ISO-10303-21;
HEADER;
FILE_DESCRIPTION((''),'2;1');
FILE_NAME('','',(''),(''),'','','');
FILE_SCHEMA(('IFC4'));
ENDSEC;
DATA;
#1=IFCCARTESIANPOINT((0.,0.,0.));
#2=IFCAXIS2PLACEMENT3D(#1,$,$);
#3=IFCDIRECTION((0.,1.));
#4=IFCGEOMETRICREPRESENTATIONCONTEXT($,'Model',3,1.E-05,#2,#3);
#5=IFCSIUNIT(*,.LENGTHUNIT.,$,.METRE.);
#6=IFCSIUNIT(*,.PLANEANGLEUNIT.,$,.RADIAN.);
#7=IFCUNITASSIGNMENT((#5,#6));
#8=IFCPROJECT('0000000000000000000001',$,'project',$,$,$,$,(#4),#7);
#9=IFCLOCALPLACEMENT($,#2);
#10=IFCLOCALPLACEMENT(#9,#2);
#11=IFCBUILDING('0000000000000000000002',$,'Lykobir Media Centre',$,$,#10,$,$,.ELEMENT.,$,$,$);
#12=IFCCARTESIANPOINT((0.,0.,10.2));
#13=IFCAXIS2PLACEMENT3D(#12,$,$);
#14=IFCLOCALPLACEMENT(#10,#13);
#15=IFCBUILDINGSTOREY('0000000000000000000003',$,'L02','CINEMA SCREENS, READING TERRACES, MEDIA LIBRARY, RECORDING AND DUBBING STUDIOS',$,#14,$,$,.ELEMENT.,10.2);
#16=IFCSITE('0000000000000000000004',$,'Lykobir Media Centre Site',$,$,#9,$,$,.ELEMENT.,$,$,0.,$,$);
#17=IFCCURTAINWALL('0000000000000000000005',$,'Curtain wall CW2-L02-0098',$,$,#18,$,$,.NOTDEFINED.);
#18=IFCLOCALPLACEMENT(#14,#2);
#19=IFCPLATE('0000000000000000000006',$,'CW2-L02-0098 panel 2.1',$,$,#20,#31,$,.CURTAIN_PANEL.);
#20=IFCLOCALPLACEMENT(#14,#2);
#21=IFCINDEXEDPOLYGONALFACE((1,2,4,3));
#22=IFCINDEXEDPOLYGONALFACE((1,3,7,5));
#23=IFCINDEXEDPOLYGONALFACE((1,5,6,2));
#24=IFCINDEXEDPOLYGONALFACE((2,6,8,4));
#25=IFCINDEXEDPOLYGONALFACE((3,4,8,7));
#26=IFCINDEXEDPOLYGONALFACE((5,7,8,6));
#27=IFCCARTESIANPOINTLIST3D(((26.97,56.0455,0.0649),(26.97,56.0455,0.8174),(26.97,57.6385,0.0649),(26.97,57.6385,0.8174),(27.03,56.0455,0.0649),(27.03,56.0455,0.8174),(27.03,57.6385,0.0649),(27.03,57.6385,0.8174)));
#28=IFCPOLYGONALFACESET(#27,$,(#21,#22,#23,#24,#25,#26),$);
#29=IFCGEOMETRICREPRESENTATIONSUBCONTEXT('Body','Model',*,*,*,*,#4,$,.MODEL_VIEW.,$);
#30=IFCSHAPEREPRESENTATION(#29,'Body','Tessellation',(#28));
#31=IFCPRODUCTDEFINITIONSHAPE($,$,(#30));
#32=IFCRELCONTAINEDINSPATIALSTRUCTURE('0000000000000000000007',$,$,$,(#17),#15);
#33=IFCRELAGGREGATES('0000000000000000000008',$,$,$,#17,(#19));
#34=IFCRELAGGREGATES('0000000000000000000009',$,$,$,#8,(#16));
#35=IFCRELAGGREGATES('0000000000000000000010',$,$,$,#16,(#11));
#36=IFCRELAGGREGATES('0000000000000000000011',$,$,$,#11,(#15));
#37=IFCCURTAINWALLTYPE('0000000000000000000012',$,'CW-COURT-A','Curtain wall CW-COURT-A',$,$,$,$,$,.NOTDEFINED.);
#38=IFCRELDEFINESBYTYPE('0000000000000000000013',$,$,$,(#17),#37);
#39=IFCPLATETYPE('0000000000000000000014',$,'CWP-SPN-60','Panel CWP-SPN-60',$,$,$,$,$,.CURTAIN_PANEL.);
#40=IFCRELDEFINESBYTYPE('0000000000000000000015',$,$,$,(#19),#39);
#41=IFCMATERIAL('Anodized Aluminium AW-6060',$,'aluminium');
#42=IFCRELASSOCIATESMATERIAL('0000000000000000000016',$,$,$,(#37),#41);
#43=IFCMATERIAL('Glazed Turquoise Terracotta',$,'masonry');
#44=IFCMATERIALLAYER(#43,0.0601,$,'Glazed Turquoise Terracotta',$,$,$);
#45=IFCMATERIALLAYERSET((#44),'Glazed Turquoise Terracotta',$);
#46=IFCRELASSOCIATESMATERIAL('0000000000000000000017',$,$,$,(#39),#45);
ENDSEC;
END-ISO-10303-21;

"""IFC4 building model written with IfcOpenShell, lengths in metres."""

from ifc_helpers import new_model, si_unit, direction, frame, origin, origin_2d, place, context, subcontext, project, spatial, rectangle, extrude, material, layer, layer_set, type_object, element, aggregate, save


model = new_model("IFC4")

# Units and contexts
model_context = context("Model", 3, precision=1e-05, world=origin(), true_north=direction((0.0, 1.0)))
body_context = subcontext(model_context, "Body", "Model", "MODEL_VIEW")
ifc_project = project(units=[si_unit("LENGTHUNIT", "METRE"), si_unit("PLANEANGLEUNIT", "RADIAN")], contexts=[model_context])

# Site, building, storey
site_placement = place(None, origin())
site = spatial("IfcSite", under=ifc_project, at=site_placement, Name="Lykobir Media Centre Site", CompositionType="ELEMENT", RefElevation=0.0)
building_placement = place(site_placement, origin())
building = spatial("IfcBuilding", under=site, at=building_placement, Name="Lykobir Media Centre", CompositionType="ELEMENT")
storey_placement = place(building_placement, frame((0.0, 0.0, 10.2)))
storey = spatial("IfcBuildingStorey", under=building, at=storey_placement, Name="L02", Description="CINEMA SCREENS, READING TERRACES, MEDIA LIBRARY, RECORDING AND DUBBING STUDIOS", CompositionType="ELEMENT", Elevation=10.2)

# Shared definitions
ifc_material_1 = material(Name="Anodized Aluminium AW-6060", Category="aluminium")
curtain_wall_type = type_object("IfcCurtainWallType", Name="CW-COURT-A", Description="Curtain wall CW-COURT-A", PredefinedType="NOTDEFINED", material=ifc_material_1)

# Curtain wall
curtain_wall_1_placement = place(storey_placement, origin())
curtain_wall_1 = element("IfcCurtainWall", 1, at=curtain_wall_1_placement, inside=storey, type_object=curtain_wall_type, Name="Curtain wall CW2-L02-0098", PredefinedType="NOTDEFINED")

# Plate
ifc_material_2 = material(Name="Glazed Turquoise Terracotta", Category="masonry")
ifc_layer_1 = layer(ifc_material_2, 0.0601, Name="Glazed Turquoise Terracotta")
ifc_layer_set_1 = layer_set([ifc_layer_1], Name="Glazed Turquoise Terracotta")
plate_type_1 = type_object("IfcPlateType", Name="CWP-SPN-60", Description="Panel CWP-SPN-60", PredefinedType="CURTAIN_PANEL", material=ifc_layer_set_1)
plate_1_placement = place(storey_placement, frame((27.0, 56.842, 0.0649), z_axis=(0.0, 0.0, 1.0), x_axis=(0.0, 1.0, 0.0)))
plate_1 = element("IfcPlate", 2, at=plate_1_placement, type_object=plate_type_1, Name="CW2-L02-0098 panel 2.1", PredefinedType="CURTAIN_PANEL", context=body_context, shape_type="SweptSolid", body=[
    extrude(rectangle(XDim=1.593, YDim=0.0601, at=origin_2d()), origin(), (0.0, 0.0, 1.0), 0.7524),
])
aggregate(curtain_wall_1, [plate_1])

save(model, "model.ifc")
